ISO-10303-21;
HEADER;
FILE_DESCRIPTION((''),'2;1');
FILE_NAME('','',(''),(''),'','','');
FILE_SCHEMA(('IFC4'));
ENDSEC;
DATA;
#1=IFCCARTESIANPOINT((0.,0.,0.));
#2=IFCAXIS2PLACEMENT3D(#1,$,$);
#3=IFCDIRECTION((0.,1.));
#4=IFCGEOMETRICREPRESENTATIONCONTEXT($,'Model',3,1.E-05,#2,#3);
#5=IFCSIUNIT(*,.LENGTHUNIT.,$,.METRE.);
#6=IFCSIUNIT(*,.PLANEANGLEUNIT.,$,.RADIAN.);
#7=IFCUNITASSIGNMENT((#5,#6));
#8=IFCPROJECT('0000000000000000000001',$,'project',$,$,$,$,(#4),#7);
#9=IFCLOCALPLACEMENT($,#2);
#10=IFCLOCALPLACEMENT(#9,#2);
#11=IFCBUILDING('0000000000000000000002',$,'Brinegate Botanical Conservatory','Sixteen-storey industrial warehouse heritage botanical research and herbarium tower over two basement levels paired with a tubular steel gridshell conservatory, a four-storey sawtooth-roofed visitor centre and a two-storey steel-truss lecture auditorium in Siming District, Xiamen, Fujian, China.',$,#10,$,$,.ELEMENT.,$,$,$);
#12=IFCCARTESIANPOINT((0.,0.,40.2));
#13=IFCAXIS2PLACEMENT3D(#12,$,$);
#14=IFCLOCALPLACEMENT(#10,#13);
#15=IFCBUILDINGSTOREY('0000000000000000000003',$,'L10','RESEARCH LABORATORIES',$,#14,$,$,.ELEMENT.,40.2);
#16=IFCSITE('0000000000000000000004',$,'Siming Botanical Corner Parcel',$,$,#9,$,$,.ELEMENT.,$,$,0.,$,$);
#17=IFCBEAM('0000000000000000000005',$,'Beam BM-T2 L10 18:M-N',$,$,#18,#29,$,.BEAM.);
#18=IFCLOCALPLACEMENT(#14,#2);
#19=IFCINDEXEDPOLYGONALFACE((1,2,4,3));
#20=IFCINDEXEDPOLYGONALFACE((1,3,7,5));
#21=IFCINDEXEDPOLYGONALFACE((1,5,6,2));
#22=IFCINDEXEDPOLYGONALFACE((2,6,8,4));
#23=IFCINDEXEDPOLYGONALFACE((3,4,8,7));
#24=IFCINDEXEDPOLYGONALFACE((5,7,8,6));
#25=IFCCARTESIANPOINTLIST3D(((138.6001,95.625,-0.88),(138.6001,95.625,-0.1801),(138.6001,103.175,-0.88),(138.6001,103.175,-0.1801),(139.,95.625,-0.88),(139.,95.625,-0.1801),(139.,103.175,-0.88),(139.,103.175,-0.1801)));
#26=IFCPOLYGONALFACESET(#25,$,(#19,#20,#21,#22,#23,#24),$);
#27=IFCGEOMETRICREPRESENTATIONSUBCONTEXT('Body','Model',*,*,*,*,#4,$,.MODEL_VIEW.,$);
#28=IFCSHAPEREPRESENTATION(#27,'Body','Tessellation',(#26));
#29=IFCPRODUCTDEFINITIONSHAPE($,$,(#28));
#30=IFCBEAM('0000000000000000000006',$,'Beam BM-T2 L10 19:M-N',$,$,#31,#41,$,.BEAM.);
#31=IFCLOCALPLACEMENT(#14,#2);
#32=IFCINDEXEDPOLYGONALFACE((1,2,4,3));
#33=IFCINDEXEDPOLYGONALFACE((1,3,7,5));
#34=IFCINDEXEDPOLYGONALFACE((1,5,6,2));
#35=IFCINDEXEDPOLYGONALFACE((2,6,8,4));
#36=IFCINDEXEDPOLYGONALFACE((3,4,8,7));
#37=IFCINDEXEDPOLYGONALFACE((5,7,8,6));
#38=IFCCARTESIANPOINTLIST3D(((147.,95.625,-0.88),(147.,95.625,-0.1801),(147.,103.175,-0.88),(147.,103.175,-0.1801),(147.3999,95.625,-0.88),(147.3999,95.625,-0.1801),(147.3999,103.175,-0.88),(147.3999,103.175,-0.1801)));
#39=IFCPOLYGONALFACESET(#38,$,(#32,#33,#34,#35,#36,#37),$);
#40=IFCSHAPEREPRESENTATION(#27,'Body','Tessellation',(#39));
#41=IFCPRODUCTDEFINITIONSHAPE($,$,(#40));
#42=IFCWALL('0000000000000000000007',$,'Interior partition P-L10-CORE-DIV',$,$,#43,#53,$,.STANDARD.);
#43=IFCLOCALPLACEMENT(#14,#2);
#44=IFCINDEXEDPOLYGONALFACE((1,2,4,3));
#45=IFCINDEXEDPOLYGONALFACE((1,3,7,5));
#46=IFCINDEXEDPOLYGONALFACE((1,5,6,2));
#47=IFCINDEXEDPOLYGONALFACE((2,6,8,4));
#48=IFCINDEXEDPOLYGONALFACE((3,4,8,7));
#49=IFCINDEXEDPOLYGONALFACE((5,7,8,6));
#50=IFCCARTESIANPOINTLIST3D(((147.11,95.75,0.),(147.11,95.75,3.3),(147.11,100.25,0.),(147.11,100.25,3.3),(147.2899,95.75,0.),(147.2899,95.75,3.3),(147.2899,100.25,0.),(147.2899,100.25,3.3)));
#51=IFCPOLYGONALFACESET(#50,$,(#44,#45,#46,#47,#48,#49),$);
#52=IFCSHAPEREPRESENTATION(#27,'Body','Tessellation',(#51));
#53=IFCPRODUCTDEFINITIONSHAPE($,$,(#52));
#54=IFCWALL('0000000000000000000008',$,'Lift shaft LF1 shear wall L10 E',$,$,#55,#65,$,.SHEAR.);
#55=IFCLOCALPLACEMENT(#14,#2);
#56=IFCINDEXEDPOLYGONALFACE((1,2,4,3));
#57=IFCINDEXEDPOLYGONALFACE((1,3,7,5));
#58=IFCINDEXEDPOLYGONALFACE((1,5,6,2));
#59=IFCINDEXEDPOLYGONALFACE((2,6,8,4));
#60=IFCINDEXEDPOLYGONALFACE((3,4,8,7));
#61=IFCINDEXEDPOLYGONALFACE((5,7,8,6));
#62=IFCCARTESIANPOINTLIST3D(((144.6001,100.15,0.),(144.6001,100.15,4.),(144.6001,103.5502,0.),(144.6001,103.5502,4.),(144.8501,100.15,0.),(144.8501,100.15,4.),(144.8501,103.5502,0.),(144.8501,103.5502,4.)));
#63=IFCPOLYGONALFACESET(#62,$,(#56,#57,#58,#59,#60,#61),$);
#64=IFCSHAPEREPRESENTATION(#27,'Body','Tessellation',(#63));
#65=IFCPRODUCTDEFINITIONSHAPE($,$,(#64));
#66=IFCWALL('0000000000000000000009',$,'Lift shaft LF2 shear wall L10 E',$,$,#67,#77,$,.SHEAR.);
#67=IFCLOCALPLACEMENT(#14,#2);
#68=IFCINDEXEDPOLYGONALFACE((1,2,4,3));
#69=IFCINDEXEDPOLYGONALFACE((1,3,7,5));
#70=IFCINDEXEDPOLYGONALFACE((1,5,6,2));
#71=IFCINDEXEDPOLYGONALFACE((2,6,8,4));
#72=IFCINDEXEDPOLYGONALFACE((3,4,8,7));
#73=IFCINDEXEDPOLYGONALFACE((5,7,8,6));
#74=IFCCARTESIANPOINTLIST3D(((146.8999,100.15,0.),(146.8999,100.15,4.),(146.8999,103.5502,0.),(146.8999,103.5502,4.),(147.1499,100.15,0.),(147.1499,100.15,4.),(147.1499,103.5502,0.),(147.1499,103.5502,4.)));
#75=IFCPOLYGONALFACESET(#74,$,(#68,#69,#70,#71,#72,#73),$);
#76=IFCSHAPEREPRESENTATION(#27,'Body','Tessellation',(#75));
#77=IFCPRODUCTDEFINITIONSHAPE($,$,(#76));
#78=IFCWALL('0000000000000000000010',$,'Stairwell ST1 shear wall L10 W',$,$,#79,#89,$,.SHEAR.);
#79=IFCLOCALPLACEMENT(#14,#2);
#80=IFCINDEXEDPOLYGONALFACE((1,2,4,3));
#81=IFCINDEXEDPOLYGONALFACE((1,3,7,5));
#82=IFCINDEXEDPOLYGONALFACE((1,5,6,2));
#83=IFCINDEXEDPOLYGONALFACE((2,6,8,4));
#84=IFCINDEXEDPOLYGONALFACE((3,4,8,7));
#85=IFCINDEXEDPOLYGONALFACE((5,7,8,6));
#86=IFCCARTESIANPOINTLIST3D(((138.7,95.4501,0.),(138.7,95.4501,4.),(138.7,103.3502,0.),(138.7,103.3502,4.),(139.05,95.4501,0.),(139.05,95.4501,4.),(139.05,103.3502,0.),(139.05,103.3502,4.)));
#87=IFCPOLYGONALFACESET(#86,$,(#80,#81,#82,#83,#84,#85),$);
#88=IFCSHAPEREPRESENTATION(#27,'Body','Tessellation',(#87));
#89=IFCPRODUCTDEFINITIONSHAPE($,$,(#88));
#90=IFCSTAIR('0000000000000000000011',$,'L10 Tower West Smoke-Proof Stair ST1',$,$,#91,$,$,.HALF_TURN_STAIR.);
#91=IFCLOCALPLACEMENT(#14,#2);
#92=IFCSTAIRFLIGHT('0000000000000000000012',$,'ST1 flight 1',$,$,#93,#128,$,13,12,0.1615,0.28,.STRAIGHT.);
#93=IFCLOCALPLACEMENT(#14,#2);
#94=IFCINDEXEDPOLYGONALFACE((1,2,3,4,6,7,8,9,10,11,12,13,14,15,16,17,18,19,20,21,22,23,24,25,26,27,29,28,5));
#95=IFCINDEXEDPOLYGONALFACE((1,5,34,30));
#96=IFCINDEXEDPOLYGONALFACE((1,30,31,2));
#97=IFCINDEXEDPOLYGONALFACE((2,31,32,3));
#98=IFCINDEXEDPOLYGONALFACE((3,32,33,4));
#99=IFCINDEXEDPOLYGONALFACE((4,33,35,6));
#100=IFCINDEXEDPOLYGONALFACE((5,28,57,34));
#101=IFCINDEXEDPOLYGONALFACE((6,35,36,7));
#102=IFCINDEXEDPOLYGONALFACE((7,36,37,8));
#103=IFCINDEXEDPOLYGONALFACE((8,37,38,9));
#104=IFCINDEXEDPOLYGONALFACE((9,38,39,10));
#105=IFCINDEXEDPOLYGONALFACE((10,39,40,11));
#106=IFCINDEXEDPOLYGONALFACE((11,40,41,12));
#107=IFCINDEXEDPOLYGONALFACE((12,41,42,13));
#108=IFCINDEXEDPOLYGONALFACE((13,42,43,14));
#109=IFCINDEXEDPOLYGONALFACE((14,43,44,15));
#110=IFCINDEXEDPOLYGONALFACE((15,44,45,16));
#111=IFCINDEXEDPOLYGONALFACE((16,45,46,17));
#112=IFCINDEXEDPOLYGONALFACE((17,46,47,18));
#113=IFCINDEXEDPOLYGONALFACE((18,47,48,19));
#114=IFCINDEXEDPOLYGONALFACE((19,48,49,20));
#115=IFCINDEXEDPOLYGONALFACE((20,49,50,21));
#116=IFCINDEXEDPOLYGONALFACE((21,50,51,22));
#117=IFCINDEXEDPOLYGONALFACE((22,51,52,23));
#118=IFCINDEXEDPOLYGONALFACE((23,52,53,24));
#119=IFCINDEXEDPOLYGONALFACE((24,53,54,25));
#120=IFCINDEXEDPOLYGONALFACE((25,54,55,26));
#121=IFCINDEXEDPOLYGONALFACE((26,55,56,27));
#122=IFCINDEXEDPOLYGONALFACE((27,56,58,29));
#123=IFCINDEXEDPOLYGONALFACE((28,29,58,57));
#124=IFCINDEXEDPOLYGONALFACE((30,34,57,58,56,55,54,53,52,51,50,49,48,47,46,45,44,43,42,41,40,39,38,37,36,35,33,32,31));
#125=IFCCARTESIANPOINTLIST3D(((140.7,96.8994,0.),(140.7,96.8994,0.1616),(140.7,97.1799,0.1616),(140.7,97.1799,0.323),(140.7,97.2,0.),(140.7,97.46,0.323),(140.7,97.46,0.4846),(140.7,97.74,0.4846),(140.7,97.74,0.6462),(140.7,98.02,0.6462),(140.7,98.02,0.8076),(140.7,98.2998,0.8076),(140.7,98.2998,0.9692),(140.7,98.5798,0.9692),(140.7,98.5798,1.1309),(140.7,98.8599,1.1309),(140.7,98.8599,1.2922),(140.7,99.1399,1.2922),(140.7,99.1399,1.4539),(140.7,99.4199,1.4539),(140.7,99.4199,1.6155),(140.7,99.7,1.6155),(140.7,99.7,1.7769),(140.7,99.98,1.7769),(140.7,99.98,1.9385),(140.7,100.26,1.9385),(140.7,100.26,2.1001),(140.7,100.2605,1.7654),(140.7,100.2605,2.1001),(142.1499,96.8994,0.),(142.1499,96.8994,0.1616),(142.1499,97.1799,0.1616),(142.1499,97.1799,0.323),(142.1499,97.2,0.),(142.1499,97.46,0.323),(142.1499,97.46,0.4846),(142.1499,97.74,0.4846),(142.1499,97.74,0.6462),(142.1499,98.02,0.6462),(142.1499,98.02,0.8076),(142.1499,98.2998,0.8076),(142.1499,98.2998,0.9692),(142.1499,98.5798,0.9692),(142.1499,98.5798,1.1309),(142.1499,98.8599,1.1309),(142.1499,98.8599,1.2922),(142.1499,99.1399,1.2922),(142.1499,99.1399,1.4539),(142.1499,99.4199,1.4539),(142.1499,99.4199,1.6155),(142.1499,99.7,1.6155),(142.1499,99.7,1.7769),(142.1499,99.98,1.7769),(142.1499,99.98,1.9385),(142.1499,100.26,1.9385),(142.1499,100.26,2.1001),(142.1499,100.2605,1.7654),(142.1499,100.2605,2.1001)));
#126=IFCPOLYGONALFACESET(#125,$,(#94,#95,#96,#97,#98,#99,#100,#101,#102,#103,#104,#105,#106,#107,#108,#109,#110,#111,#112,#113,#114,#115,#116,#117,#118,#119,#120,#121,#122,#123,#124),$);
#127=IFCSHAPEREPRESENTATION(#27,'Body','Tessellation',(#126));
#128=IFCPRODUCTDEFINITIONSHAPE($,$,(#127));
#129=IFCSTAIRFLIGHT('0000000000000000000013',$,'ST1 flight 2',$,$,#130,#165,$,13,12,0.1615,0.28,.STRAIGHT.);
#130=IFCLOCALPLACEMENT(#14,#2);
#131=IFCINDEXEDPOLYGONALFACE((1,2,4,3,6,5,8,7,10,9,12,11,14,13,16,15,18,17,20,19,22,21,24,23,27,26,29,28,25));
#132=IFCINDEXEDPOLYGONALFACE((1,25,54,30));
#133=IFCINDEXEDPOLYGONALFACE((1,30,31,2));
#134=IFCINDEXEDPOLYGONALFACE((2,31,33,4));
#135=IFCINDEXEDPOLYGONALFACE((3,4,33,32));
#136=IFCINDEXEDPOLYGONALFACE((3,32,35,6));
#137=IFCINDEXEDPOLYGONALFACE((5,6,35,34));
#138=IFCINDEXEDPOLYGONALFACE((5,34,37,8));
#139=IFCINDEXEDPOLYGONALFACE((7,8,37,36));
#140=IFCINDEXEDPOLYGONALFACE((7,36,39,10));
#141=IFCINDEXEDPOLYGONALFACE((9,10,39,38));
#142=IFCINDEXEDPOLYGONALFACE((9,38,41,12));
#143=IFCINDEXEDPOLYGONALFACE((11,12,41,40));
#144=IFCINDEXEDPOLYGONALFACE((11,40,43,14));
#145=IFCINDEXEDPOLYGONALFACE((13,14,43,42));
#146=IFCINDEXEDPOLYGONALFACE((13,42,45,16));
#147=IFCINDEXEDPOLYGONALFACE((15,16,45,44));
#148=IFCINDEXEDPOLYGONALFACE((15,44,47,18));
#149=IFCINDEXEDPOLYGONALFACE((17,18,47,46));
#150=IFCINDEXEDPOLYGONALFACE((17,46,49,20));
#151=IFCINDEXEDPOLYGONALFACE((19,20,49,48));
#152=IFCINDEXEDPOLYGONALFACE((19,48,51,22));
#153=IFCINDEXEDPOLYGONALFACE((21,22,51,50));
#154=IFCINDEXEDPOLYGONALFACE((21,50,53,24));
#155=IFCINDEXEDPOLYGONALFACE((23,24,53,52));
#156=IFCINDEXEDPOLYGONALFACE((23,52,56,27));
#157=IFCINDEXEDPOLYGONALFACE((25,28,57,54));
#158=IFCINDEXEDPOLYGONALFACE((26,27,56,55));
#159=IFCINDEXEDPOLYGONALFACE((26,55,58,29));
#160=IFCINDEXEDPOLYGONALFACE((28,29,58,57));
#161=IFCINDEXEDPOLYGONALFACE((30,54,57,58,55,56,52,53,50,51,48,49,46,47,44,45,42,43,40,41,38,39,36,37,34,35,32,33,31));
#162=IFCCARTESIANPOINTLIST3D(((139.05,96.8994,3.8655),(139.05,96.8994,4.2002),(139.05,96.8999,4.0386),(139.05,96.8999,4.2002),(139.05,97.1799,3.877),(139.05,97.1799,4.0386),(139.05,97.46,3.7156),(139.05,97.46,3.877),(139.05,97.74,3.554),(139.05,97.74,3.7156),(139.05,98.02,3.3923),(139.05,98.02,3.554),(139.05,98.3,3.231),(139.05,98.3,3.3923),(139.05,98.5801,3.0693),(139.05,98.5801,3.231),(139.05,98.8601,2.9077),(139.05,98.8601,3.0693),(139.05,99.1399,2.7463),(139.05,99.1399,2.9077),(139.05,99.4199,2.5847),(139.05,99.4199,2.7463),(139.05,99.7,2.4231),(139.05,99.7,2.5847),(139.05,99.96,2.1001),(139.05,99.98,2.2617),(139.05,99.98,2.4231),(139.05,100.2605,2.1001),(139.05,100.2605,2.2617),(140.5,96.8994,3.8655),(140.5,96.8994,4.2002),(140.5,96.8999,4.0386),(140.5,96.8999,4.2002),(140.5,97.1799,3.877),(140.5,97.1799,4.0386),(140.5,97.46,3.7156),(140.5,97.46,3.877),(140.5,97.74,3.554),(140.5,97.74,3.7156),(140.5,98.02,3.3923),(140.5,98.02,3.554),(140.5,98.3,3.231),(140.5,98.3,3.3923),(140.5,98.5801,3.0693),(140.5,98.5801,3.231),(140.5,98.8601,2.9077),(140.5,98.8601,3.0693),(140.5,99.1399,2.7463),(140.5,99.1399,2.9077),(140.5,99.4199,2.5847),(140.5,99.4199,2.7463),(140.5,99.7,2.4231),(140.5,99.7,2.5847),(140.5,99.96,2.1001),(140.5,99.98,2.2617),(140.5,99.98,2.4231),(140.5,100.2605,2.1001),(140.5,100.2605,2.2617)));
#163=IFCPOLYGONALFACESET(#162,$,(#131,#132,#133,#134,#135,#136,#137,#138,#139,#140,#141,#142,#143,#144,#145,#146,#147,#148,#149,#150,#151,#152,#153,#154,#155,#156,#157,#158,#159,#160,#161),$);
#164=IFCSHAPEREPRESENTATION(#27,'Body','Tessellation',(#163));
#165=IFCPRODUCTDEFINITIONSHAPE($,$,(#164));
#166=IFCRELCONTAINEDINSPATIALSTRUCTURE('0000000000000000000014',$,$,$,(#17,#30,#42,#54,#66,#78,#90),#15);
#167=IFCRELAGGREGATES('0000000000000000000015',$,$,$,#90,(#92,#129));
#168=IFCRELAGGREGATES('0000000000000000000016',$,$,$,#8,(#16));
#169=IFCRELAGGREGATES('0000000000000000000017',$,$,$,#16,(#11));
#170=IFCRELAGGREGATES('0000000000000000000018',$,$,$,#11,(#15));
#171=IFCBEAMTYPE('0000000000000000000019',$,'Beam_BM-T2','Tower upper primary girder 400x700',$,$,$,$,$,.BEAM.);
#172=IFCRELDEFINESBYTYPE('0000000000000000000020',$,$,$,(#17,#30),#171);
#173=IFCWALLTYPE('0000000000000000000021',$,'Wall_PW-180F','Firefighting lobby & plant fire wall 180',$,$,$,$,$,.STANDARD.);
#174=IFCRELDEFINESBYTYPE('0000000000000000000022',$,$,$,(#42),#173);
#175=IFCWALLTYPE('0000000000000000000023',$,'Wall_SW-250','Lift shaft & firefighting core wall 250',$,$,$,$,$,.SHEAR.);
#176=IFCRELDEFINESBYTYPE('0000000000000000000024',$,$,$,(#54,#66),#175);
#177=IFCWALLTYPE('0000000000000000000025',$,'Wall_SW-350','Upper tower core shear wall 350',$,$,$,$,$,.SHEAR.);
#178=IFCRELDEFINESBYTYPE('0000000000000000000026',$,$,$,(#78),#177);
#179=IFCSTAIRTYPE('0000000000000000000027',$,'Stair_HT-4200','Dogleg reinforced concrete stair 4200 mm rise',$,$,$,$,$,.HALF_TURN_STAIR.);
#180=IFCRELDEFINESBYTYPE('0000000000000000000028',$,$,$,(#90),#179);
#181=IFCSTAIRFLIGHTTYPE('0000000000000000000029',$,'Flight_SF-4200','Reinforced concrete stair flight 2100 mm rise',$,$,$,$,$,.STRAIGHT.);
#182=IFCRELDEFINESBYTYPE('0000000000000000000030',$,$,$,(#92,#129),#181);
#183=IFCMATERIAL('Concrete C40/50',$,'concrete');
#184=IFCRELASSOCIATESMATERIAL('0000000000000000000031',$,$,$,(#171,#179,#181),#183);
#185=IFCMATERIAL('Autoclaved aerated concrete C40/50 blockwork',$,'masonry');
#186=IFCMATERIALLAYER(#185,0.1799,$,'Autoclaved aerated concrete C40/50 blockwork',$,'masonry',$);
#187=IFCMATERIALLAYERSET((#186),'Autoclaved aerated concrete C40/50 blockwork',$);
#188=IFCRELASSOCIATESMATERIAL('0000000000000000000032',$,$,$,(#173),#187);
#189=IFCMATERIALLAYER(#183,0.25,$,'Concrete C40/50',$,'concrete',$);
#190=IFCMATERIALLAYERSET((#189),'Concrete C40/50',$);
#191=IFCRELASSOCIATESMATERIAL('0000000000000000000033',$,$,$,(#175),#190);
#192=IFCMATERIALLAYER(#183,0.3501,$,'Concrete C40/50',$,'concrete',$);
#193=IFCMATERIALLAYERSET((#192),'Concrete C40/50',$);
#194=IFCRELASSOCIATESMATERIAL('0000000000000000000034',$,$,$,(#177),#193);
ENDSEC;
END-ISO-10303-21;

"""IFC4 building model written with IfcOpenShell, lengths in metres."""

from ifc_helpers import new_model, si_unit, direction, frame, frame_2d, origin, origin_2d, place, context, subcontext, project, spatial, polyline, rectangle, outline, extrude, material, layer, layer_set, material_profile, profile_set, type_object, element, aggregate, save


model = new_model("IFC4")

# Units and contexts
model_context = context("Model", 3, precision=1e-05, world=origin(), true_north=direction((0.0, 1.0)))
body_context = subcontext(model_context, "Body", "Model", "MODEL_VIEW")
ifc_project = project(units=[si_unit("LENGTHUNIT", "METRE"), si_unit("PLANEANGLEUNIT", "RADIAN")], contexts=[model_context])

# Site, building, storey
site_placement = place(None, origin())
site = spatial("IfcSite", under=ifc_project, at=site_placement, Name="Siming Botanical Corner Parcel", CompositionType="ELEMENT", RefElevation=0.0)
building_placement = place(site_placement, origin())
building = spatial("IfcBuilding", under=site, at=building_placement, Name="Brinegate Botanical Conservatory", Description="Sixteen-storey industrial warehouse heritage botanical research and herbarium tower over two basement levels paired with a tubular steel gridshell conservatory, a four-storey sawtooth-roofed visitor centre and a two-storey steel-truss lecture auditorium in Siming District, Xiamen, Fujian, China.", CompositionType="ELEMENT")
storey_placement = place(building_placement, frame((0.0, 0.0, 40.2)))
storey = spatial("IfcBuildingStorey", under=building, at=storey_placement, Name="L10", Description="RESEARCH LABORATORIES", CompositionType="ELEMENT", Elevation=40.2)

# Beams
ifc_material_1 = material(Name="Concrete C40/50", Category="concrete")
ifc_material_profile = material_profile(ifc_material_1, rectangle(XDim=0.3999, YDim=0.7, at=origin_2d()), Name="RC BM 400x700")
ifc_profile_set = profile_set([ifc_material_profile], Name="Concrete C40/50")
beam_type = type_object("IfcBeamType", Name="Beam_BM-T2", Description="Tower upper primary girder 400x700", PredefinedType="BEAM", material=ifc_profile_set)
for number, where, z_axis, x_axis, name in (
    (1, (138.8, 95.625, -0.53), (0.0, 1.0, 0.0), (-1.0, 0.0, 0.0), "Beam BM-T2 L10 18:M-N"),
    (2, (147.2, 95.625, -0.53), (0.0, 1.0, 0.0), (-1.0, 0.0, 0.0), "Beam BM-T2 L10 19:M-N"),
):
    element("IfcBeam", number, at=place(storey_placement, frame(where, z_axis=z_axis, x_axis=x_axis)), inside=storey, type_object=beam_type, Name=name, PredefinedType="BEAM", context=body_context, shape_type="SweptSolid", body=[
        extrude(rectangle(XDim=0.3999, YDim=0.7, at=origin_2d()), origin(), (0.0, 0.0, 1.0), 7.55),
    ])

# Wall
ifc_material_2 = material(Name="Autoclaved aerated concrete C40/50 blockwork", Category="masonry")
ifc_layer_1 = layer(ifc_material_2, 0.1799, Name="Autoclaved aerated concrete C40/50 blockwork", Category="masonry")
ifc_layer_set_1 = layer_set([ifc_layer_1], Name="Autoclaved aerated concrete C40/50 blockwork")
wall_type_1 = type_object("IfcWallType", Name="Wall_PW-180F", Description="Firefighting lobby & plant fire wall 180", PredefinedType="STANDARD", material=ifc_layer_set_1)
wall_1_placement = place(storey_placement, frame((147.2, 95.75, 0.0), z_axis=(0.0, 0.0, 1.0), x_axis=(0.0, 1.0, 0.0)))
element("IfcWall", 3, at=wall_1_placement, inside=storey, type_object=wall_type_1, Name="Interior partition P-L10-CORE-DIV", PredefinedType="STANDARD", context=body_context, shape_type="SweptSolid", body=[
    extrude(rectangle(XDim=4.5, YDim=0.1799, at=frame_2d((2.25, 0.0))), origin(), (0.0, 0.0, 1.0), 3.3),
])

# Shared definitions
ifc_layer_2 = layer(ifc_material_1, 0.25, Name="Concrete C40/50", Category="concrete")
ifc_layer_set_2 = layer_set([ifc_layer_2], Name="Concrete C40/50")
wall_type_2 = type_object("IfcWallType", Name="Wall_SW-250", Description="Lift shaft & firefighting core wall 250", PredefinedType="SHEAR", material=ifc_layer_set_2)

# Wall
wall_2_placement = place(storey_placement, frame((144.7251, 100.1499, 0.0), z_axis=(0.0, 0.0, 1.0), x_axis=(0.0, 1.0, 0.0)))
element("IfcWall", 4, at=wall_2_placement, inside=storey, type_object=wall_type_2, Name="Lift shaft LF1 shear wall L10 E", PredefinedType="SHEAR", context=body_context, shape_type="SweptSolid", body=[
    extrude(rectangle(XDim=3.4001, YDim=0.25, at=frame_2d((1.7002, 0.0))), origin(), (0.0, 0.0, 1.0), 4.0),
])

# Walls
wall_3_placement = place(storey_placement, frame((147.0249, 100.1499, 0.0), z_axis=(0.0, 0.0, 1.0), x_axis=(0.0, 1.0, 0.0)))
element("IfcWall", 5, at=wall_3_placement, inside=storey, type_object=wall_type_2, Name="Lift shaft LF2 shear wall L10 E", PredefinedType="SHEAR", context=body_context, shape_type="SweptSolid", body=[
    extrude(rectangle(XDim=3.4001, YDim=0.25, at=frame_2d((1.7002, 0.0))), origin(), (0.0, 0.0, 1.0), 4.0),
])
ifc_layer_3 = layer(ifc_material_1, 0.3501, Name="Concrete C40/50", Category="concrete")
ifc_layer_set_3 = layer_set([ifc_layer_3], Name="Concrete C40/50")
wall_type_3 = type_object("IfcWallType", Name="Wall_SW-350", Description="Upper tower core shear wall 350", PredefinedType="SHEAR", material=ifc_layer_set_3)
wall_4_placement = place(storey_placement, frame((138.875, 95.45, 0.0), z_axis=(0.0, 0.0, 1.0), x_axis=(0.0, 1.0, 0.0)))
element("IfcWall", 6, at=wall_4_placement, inside=storey, type_object=wall_type_3, Name="Stairwell ST1 shear wall L10 W", PredefinedType="SHEAR", context=body_context, shape_type="SweptSolid", body=[
    extrude(rectangle(XDim=7.9001, YDim=0.3501, at=frame_2d((3.9502, 0.0))), origin(), (0.0, 0.0, 1.0), 4.0),
])

# Stair, stair flights
stair_type = type_object("IfcStairType", Name="Stair_HT-4200", Description="Dogleg reinforced concrete stair 4200 mm rise", PredefinedType="HALF_TURN_STAIR", material=ifc_material_1)
stair_placement = place(storey_placement, origin())
stair = element("IfcStair", 7, at=stair_placement, inside=storey, type_object=stair_type, Name="L10 Tower West Smoke-Proof Stair ST1", PredefinedType="HALF_TURN_STAIR")
stair_flight_type = type_object("IfcStairFlightType", Name="Flight_SF-4200", Description="Reinforced concrete stair flight 2100 mm rise", PredefinedType="STRAIGHT", material=ifc_material_1)
stair_flight_1_placement = place(storey_placement, frame((141.425, 96.8999, 0.0), z_axis=(0.0, 0.0, 1.0), x_axis=(0.0, 1.0, 0.0)))
stair_flight_1 = element("IfcStairFlight", 8, at=stair_flight_1_placement, type_object=stair_flight_type, Name="ST1 flight 1", NumberOfRisers=13, NumberOfTreads=12, PredefinedType="STRAIGHT", RiserHeight=0.1615, TreadLength=0.28, context=body_context, shape_type="SweptSolid", body=[
    extrude(outline(polyline([(-0.0005, 0.0), (-0.0005, 0.1616), (0.28, 0.1616), (0.28, 0.323), (0.5601, 0.323), (0.5601, 0.4846), (0.8401, 0.4846), (0.8401, 0.6462), (1.1201, 0.6462), (1.1201, 0.8076), (1.3999, 0.8076), (1.3999, 0.9692), (1.6799, 0.9692), (1.6799, 1.1309), (1.96, 1.1309), (1.96, 1.2922), (2.24, 1.2922), (2.24, 1.4539), (2.52, 1.4539), (2.52, 1.6155), (2.8, 1.6155), (2.8, 1.7769), (3.0801, 1.7769), (3.0801, 1.9385), (3.3601, 1.9385), (3.3601, 2.1001), (3.3606, 2.1001), (3.3606, 1.7654), (0.3, 0.0), (-0.0005, 0.0)])), frame((0.0, 0.7251, 0.0), z_axis=(0.0, -1.0, 0.0), x_axis=(1.0, 0.0, 0.0)), (0.0, 0.0, 1.0), 1.45),
])
stair_flight_2_placement = place(storey_placement, frame((139.7749, 100.26, 2.1001), z_axis=(0.0, 0.0, 1.0), x_axis=(0.0, -1.0, 0.0)))
stair_flight_2 = element("IfcStairFlight", 9, at=stair_flight_2_placement, type_object=stair_flight_type, Name="ST1 flight 2", NumberOfRisers=13, NumberOfTreads=12, PredefinedType="STRAIGHT", RiserHeight=0.1615, TreadLength=0.28, context=body_context, shape_type="SweptSolid", body=[
    extrude(outline(polyline([(-0.0005, 0.0), (-0.0005, 0.1616), (0.28, 0.1616), (0.28, 0.323), (0.5601, 0.323), (0.5601, 0.4846), (0.8401, 0.4846), (0.8401, 0.6462), (1.1201, 0.6462), (1.1201, 0.8076), (1.3999, 0.8076), (1.3999, 0.9692), (1.6799, 0.9692), (1.6799, 1.1309), (1.96, 1.1309), (1.96, 1.2922), (2.24, 1.2922), (2.24, 1.4539), (2.52, 1.4539), (2.52, 1.6155), (2.8, 1.6155), (2.8, 1.7769), (3.0801, 1.7769), (3.0801, 1.9385), (3.3601, 1.9385), (3.3601, 2.1001), (3.3606, 2.1001), (3.3606, 1.7654), (0.3, 0.0), (-0.0005, 0.0)])), frame((0.0, 0.7251, 0.0), z_axis=(0.0, -1.0, 0.0), x_axis=(1.0, 0.0, 0.0)), (0.0, 0.0, 1.0), 1.45),
])
aggregate(stair, [stair_flight_1, stair_flight_2])

save(model, "model.ifc")
